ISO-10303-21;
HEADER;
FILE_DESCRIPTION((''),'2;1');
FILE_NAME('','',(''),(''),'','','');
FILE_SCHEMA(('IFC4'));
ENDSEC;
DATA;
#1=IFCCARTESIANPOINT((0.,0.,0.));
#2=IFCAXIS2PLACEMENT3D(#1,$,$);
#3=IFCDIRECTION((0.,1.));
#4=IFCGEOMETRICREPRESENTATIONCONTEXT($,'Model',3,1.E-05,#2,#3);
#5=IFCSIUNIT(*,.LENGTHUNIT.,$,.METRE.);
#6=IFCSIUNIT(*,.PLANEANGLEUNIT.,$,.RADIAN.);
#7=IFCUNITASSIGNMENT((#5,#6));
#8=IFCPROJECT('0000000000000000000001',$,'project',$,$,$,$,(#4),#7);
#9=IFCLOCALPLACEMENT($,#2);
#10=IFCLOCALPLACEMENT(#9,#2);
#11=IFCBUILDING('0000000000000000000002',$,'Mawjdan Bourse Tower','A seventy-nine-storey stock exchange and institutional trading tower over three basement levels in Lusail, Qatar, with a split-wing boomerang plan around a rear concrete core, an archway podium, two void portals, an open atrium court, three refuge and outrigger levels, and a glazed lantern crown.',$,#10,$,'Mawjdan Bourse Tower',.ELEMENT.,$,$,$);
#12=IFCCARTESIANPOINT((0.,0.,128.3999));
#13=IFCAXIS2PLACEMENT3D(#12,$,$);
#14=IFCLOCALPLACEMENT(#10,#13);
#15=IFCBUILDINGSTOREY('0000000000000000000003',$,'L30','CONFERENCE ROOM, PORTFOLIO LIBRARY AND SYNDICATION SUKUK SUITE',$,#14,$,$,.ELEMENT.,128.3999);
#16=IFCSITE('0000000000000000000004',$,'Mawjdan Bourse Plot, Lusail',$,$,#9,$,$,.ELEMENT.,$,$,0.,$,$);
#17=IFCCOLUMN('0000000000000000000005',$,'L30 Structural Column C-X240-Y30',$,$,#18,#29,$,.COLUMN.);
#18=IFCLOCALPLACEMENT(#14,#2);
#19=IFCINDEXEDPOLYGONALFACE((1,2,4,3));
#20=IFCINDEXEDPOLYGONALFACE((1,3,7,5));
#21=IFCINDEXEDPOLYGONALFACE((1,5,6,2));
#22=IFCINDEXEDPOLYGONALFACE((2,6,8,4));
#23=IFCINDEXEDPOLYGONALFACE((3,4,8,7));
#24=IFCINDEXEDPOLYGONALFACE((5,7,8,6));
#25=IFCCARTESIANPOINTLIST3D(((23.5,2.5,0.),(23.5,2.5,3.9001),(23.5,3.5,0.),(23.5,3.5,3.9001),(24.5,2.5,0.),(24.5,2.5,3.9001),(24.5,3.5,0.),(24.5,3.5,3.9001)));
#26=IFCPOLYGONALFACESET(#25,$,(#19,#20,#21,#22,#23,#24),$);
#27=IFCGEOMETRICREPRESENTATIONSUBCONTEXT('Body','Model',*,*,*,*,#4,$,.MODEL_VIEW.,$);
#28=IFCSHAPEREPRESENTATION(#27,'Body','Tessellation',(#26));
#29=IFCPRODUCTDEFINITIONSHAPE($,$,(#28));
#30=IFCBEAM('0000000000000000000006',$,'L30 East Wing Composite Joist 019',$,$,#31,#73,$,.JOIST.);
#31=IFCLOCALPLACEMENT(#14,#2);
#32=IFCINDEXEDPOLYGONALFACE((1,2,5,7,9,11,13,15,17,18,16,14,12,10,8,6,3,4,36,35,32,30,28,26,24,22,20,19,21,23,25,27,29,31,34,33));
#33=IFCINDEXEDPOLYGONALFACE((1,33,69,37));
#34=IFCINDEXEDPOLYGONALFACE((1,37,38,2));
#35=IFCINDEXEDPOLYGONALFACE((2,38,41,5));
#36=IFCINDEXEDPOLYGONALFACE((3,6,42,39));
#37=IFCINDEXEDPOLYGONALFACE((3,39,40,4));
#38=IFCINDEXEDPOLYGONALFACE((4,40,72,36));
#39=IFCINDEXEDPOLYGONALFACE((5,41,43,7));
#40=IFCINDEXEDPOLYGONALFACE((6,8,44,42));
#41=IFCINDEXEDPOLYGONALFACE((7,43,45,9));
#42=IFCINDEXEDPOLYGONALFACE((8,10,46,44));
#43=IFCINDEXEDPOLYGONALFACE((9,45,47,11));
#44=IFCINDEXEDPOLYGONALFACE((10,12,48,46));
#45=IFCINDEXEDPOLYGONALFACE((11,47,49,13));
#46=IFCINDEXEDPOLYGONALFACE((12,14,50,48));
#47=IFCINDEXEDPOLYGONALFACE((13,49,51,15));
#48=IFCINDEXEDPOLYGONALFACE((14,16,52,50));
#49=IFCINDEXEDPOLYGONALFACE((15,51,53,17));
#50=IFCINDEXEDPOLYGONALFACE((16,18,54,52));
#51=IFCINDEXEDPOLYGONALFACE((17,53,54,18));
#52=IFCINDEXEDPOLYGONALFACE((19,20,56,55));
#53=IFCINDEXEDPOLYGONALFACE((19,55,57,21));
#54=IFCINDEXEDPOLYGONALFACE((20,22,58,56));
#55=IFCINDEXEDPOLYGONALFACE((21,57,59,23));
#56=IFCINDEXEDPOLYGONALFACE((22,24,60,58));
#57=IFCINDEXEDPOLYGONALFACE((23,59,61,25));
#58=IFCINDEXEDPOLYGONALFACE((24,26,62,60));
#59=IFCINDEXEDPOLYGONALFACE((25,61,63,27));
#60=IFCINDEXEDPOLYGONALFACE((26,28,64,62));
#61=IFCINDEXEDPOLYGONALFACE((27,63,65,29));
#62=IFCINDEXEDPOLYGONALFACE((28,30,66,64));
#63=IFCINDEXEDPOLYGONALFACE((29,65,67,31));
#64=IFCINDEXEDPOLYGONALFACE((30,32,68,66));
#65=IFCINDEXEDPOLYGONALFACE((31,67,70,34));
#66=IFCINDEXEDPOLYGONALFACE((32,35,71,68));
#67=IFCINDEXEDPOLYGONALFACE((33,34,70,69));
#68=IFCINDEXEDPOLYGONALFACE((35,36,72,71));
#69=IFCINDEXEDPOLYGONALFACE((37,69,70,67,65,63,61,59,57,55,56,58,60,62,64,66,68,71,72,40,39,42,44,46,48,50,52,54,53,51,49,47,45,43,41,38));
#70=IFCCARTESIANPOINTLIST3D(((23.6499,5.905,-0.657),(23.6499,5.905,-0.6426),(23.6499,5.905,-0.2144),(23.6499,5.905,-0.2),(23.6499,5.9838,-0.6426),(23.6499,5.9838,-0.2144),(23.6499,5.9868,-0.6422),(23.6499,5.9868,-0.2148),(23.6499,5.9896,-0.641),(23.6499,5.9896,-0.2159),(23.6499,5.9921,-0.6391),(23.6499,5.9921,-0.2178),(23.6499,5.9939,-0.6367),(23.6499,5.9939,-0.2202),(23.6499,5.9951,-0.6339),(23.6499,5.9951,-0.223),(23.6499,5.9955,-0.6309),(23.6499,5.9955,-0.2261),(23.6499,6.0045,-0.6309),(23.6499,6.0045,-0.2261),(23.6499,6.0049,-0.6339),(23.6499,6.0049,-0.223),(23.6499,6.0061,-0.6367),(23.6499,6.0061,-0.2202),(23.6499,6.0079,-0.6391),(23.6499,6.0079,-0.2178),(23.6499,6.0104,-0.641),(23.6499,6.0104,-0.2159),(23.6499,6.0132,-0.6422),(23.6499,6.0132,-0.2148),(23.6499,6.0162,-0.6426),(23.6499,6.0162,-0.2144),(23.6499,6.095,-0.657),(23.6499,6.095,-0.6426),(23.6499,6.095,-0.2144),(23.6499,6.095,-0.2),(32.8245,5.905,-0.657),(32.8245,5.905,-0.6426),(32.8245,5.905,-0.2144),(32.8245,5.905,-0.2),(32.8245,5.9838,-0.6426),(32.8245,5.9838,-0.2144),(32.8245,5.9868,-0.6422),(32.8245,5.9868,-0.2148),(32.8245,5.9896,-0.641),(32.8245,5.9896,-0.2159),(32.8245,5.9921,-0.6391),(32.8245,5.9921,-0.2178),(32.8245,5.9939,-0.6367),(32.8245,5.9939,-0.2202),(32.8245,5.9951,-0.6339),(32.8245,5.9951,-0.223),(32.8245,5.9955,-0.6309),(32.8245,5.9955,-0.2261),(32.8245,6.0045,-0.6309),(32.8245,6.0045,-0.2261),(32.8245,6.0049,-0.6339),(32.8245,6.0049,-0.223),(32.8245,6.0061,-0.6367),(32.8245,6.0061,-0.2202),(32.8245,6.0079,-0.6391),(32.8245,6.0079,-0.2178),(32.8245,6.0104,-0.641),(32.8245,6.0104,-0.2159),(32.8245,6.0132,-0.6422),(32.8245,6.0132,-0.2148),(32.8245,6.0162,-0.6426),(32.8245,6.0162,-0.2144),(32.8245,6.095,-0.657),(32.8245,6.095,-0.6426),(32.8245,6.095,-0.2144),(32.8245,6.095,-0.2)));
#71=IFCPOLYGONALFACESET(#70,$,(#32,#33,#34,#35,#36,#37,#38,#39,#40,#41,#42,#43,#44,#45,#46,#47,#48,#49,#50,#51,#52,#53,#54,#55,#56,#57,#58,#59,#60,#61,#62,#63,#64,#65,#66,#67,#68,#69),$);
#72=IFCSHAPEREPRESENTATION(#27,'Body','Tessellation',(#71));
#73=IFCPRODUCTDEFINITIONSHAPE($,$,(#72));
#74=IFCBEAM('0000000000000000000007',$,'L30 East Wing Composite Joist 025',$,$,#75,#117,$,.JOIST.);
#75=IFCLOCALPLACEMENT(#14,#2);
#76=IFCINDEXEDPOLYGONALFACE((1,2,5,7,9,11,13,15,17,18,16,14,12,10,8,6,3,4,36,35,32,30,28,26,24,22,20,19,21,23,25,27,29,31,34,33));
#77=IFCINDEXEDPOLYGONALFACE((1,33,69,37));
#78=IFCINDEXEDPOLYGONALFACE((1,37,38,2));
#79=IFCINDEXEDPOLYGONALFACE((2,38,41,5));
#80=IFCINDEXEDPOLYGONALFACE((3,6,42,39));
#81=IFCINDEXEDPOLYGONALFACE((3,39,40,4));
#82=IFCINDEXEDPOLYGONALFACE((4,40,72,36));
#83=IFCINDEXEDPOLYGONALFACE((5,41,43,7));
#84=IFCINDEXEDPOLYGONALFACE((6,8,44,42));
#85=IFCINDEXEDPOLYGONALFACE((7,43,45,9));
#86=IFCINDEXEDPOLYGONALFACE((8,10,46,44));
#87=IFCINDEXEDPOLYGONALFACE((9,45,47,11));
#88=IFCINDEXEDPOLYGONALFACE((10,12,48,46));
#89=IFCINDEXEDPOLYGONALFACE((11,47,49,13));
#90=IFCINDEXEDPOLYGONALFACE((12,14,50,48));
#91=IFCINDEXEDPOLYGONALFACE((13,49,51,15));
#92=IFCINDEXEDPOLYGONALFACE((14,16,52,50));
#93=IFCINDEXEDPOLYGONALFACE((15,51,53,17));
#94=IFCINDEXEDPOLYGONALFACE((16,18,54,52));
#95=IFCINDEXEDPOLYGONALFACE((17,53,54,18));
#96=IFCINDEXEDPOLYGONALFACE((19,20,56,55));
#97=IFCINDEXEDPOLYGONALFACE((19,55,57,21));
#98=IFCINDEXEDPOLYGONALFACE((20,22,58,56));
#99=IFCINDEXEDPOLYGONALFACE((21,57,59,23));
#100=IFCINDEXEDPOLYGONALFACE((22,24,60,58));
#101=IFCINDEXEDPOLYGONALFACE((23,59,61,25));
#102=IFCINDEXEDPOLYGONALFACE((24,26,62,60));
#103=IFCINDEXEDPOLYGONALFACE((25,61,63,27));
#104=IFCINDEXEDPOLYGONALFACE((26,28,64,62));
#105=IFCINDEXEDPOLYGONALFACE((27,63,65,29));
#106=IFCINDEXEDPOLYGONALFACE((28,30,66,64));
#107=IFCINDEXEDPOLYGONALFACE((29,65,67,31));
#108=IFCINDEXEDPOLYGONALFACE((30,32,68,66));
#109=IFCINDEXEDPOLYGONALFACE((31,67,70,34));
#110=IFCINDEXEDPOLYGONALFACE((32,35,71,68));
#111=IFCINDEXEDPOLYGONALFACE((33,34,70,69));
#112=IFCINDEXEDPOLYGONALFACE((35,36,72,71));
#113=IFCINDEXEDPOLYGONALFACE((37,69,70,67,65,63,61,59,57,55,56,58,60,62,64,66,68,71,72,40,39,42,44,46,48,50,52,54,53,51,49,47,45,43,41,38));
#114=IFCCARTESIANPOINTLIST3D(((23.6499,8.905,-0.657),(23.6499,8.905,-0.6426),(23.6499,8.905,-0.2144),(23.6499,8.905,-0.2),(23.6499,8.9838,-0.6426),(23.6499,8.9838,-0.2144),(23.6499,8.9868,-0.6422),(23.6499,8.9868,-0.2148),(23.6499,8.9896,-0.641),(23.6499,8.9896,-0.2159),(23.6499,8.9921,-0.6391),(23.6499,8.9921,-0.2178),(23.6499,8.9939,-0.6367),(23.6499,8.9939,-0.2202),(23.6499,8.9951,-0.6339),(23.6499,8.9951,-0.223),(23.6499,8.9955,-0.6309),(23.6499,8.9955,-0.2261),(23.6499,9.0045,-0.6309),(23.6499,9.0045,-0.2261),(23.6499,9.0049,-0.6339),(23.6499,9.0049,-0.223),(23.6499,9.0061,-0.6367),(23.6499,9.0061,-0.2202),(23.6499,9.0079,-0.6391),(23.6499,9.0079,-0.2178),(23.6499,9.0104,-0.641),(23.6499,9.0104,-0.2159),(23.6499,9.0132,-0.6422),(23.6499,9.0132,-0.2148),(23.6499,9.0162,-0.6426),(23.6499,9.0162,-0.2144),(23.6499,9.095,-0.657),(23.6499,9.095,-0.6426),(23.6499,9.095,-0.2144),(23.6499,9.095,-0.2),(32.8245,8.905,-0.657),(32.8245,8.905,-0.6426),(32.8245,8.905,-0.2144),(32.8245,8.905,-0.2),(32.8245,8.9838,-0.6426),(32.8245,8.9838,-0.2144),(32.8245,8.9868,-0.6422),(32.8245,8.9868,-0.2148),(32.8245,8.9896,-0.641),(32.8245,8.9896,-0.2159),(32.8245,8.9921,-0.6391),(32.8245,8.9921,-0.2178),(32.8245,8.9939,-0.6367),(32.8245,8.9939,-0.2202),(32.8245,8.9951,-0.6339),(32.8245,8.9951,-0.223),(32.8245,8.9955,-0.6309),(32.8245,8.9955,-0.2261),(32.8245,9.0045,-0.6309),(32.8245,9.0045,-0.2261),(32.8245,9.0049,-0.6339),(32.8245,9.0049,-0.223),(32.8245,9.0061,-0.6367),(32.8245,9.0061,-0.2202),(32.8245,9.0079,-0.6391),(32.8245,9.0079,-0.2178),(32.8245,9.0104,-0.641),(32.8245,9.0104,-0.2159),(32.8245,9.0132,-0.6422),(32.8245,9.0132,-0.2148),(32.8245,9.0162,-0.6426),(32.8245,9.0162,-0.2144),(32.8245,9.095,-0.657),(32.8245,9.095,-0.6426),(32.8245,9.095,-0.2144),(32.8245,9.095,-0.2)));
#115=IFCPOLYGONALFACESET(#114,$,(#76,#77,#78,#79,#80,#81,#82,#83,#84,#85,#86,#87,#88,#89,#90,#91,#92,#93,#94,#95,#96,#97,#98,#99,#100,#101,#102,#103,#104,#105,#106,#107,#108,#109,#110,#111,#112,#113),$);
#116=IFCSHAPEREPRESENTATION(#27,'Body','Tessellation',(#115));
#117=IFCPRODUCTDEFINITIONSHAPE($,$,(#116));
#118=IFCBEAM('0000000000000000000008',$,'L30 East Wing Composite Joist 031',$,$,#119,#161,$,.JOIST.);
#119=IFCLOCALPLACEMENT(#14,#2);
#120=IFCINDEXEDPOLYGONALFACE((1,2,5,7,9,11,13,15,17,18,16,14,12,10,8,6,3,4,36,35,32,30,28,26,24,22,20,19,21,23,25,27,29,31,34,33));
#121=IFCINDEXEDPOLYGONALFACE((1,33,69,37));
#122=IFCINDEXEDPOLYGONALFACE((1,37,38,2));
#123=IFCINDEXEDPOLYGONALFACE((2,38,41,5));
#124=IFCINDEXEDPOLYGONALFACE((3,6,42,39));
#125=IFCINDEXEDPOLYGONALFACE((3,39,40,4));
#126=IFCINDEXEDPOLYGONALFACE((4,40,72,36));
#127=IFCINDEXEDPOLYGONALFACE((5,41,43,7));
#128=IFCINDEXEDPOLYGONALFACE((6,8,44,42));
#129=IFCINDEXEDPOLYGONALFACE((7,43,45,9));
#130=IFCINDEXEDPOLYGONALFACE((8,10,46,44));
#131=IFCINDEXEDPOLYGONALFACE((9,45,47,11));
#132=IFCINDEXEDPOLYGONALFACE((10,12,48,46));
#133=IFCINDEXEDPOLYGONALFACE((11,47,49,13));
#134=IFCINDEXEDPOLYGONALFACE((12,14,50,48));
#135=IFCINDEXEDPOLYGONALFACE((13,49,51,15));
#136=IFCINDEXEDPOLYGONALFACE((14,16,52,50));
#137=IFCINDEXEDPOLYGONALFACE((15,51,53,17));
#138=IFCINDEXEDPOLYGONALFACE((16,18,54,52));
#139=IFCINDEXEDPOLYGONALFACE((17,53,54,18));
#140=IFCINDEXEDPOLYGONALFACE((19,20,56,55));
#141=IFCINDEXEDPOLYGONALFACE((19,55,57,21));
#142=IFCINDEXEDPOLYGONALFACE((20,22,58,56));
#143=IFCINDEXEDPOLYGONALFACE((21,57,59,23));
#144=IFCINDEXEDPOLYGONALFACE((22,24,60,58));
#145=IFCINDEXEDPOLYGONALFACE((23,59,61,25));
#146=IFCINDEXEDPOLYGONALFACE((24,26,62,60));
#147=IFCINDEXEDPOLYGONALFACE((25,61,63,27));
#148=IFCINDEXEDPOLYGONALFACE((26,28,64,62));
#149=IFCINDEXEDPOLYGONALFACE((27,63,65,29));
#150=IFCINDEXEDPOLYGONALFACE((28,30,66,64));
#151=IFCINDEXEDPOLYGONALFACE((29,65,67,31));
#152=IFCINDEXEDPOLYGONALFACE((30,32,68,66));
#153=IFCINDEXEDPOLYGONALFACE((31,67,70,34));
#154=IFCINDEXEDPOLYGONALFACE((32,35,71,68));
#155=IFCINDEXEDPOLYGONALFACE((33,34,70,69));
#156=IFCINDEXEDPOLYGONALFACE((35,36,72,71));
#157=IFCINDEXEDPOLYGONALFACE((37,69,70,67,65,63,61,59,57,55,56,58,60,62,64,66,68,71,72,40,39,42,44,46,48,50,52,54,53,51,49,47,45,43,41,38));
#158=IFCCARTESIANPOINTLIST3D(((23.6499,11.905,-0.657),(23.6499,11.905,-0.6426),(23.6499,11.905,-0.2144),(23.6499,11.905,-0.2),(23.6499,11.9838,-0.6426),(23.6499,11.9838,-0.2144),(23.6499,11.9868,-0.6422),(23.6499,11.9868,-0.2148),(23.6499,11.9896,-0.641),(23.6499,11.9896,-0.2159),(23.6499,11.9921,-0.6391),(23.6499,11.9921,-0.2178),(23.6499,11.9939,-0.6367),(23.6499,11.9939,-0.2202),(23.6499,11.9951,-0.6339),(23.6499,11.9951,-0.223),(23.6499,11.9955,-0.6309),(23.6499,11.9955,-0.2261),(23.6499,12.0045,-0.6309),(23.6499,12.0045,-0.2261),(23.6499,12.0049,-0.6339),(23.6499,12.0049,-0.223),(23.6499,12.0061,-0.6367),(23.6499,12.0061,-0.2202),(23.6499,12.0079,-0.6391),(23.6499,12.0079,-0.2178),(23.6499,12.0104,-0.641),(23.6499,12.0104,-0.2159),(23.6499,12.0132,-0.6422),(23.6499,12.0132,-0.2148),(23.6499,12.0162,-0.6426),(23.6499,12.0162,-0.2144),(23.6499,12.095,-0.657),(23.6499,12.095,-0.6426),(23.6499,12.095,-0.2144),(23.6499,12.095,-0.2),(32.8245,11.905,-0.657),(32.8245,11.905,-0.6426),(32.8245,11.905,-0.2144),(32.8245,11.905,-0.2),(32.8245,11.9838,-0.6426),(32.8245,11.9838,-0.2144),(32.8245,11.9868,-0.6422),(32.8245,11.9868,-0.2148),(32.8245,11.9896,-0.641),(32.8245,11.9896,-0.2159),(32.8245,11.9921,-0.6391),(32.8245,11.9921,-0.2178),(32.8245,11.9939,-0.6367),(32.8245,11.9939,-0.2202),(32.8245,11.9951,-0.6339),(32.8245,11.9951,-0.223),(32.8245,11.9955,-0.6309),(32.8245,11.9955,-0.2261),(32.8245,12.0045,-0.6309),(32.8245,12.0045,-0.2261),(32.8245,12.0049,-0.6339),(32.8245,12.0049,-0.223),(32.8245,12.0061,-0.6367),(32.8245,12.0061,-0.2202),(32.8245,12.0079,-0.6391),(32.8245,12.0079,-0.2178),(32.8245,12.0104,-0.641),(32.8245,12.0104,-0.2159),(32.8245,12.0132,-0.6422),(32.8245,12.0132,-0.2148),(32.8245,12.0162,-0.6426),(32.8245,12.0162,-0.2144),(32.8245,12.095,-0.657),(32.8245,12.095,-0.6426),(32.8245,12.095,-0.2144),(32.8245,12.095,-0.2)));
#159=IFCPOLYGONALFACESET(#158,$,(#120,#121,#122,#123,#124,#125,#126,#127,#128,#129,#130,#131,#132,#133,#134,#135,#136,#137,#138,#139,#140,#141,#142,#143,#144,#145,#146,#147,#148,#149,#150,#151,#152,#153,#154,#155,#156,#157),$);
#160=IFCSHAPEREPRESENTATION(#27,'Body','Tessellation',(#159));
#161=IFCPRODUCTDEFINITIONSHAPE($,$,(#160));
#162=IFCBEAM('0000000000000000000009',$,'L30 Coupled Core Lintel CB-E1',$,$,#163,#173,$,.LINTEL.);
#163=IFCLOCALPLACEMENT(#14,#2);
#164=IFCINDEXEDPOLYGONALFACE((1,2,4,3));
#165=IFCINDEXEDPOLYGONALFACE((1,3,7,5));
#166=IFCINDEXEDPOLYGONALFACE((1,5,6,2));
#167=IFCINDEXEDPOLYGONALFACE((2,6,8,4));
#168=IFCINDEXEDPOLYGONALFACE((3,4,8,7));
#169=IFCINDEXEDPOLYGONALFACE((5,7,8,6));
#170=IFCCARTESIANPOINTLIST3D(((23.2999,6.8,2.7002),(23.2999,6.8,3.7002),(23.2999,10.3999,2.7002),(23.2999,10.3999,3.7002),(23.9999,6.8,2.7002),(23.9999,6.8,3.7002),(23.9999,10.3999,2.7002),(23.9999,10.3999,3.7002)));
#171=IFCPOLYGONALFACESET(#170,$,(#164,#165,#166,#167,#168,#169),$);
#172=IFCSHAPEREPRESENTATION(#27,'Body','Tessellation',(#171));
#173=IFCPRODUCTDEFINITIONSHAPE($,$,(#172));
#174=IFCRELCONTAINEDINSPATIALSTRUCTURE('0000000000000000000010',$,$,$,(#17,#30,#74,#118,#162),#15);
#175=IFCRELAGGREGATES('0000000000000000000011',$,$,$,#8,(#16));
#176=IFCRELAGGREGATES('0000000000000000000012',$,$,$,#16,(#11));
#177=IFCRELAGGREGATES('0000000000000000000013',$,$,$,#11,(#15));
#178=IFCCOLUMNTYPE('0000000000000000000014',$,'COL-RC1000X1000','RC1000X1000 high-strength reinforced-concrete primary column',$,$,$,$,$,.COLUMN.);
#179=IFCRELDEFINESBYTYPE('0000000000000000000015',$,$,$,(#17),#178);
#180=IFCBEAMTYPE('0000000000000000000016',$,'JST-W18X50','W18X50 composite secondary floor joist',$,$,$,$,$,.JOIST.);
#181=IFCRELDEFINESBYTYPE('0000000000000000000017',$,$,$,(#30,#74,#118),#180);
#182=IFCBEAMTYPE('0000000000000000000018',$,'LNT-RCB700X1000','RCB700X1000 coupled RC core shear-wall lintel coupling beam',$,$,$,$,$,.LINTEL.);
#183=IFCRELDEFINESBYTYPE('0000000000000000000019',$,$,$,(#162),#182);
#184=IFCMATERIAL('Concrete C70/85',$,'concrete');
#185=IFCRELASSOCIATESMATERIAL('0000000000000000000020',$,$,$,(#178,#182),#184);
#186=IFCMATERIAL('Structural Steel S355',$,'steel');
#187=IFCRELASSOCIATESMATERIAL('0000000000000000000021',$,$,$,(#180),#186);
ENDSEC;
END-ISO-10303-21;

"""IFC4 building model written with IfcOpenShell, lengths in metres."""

from ifc_helpers import new_model, si_unit, direction, frame, origin, origin_2d, place, context, subcontext, project, spatial, rectangle, i_section, extrude, material, material_profile, profile_set, type_object, element, save


model = new_model("IFC4")

# Units and contexts
model_context = context("Model", 3, precision=1e-05, world=origin(), true_north=direction((0.0, 1.0)))
body_context = subcontext(model_context, "Body", "Model", "MODEL_VIEW")
ifc_project = project(units=[si_unit("LENGTHUNIT", "METRE"), si_unit("PLANEANGLEUNIT", "RADIAN")], contexts=[model_context])

# Site, building, storey
site_placement = place(None, origin())
site = spatial("IfcSite", under=ifc_project, at=site_placement, Name="Mawjdan Bourse Plot, Lusail", CompositionType="ELEMENT", RefElevation=0.0)
building_placement = place(site_placement, origin())
building = spatial("IfcBuilding", under=site, at=building_placement, Name="Mawjdan Bourse Tower", Description="A seventy-nine-storey stock exchange and institutional trading tower over three basement levels in Lusail, Qatar, with a split-wing boomerang plan around a rear concrete core, an archway podium, two void portals, an open atrium court, three refuge and outrigger levels, and a glazed lantern crown.", LongName="Mawjdan Bourse Tower", CompositionType="ELEMENT")
storey_placement = place(building_placement, frame((0.0, 0.0, 128.3999)))
storey = spatial("IfcBuildingStorey", under=building, at=storey_placement, Name="L30", Description="CONFERENCE ROOM, PORTFOLIO LIBRARY AND SYNDICATION SUKUK SUITE", CompositionType="ELEMENT", Elevation=128.3999)

# Column
ifc_material_1 = material(Name="Concrete C70/85", Category="concrete")
ifc_material_profile_1 = material_profile(ifc_material_1, rectangle(XDim=1.0, YDim=1.0, at=origin_2d()), Name="RC1000X1000")
ifc_profile_set_1 = profile_set([ifc_material_profile_1], Name="Concrete C70/85")
column_type = type_object("IfcColumnType", Name="COL-RC1000X1000", Description="RC1000X1000 high-strength reinforced-concrete primary column", PredefinedType="COLUMN", material=ifc_profile_set_1)
column_placement = place(storey_placement, frame((24.0, 3.0, 0.0), z_axis=(0.0, 0.0, 1.0), x_axis=(1.0, 0.0, 0.0)))
element("IfcColumn", 1, at=column_placement, inside=storey, type_object=column_type, Name="L30 Structural Column C-X240-Y30", PredefinedType="COLUMN", context=body_context, shape_type="SweptSolid", body=[
    extrude(rectangle(XDim=1.0, YDim=1.0, at=origin_2d()), origin(), (0.0, 0.0, 1.0), 3.9001),
])

# Beams
ifc_material_2 = material(Name="Structural Steel S355", Category="steel")
ifc_material_profile_2 = material_profile(ifc_material_2, i_section(OverallWidth=0.1899, OverallDepth=0.457, WebThickness=0.009, FlangeThickness=0.0144, FilletRadius=0.0117, at=origin_2d()), Name="W18X50")
ifc_profile_set_2 = profile_set([ifc_material_profile_2], Name="Structural Steel S355")
beam_type_1 = type_object("IfcBeamType", Name="JST-W18X50", Description="W18X50 composite secondary floor joist", PredefinedType="JOIST", material=ifc_profile_set_2)
for number, where, z_axis, x_axis, name in (
    (2, (23.6499, 6.0, -0.4285), (1.0, 0.0, 0.0), (0.0, 1.0, 0.0), "L30 East Wing Composite Joist 019"),
    (3, (23.6499, 9.0, -0.4285), (1.0, 0.0, 0.0), (0.0, 1.0, 0.0), "L30 East Wing Composite Joist 025"),
    (4, (23.6499, 12.0, -0.4285), (1.0, 0.0, 0.0), (0.0, 1.0, 0.0), "L30 East Wing Composite Joist 031"),
):
    element("IfcBeam", number, at=place(storey_placement, frame(where, z_axis=z_axis, x_axis=x_axis)), inside=storey, type_object=beam_type_1, Name=name, PredefinedType="JOIST", context=body_context, shape_type="SweptSolid", body=[
        extrude(i_section(OverallWidth=0.1899, OverallDepth=0.457, WebThickness=0.009, FlangeThickness=0.0144, FilletRadius=0.0117, at=origin_2d()), origin(), (0.0, 0.0, 1.0), 9.1746),
    ])
ifc_material_profile_3 = material_profile(ifc_material_1, rectangle(XDim=0.7, YDim=1.0, at=origin_2d()), Name="RCB700X1000")
ifc_profile_set_3 = profile_set([ifc_material_profile_3], Name="Concrete C70/85")
beam_type_2 = type_object("IfcBeamType", Name="LNT-RCB700X1000", Description="RCB700X1000 coupled RC core shear-wall lintel coupling beam", PredefinedType="LINTEL", material=ifc_profile_set_3)
beam_1_placement = place(storey_placement, frame((23.6499, 6.8, 3.2002), z_axis=(0.0, 1.0, 0.0), x_axis=(-1.0, 0.0, 0.0)))
element("IfcBeam", 5, at=beam_1_placement, inside=storey, type_object=beam_type_2, Name="L30 Coupled Core Lintel CB-E1", PredefinedType="LINTEL", context=body_context, shape_type="SweptSolid", body=[
    extrude(rectangle(XDim=0.7, YDim=1.0, at=origin_2d()), origin(), (0.0, 0.0, 1.0), 3.5999),
])

save(model, "model.ifc")
